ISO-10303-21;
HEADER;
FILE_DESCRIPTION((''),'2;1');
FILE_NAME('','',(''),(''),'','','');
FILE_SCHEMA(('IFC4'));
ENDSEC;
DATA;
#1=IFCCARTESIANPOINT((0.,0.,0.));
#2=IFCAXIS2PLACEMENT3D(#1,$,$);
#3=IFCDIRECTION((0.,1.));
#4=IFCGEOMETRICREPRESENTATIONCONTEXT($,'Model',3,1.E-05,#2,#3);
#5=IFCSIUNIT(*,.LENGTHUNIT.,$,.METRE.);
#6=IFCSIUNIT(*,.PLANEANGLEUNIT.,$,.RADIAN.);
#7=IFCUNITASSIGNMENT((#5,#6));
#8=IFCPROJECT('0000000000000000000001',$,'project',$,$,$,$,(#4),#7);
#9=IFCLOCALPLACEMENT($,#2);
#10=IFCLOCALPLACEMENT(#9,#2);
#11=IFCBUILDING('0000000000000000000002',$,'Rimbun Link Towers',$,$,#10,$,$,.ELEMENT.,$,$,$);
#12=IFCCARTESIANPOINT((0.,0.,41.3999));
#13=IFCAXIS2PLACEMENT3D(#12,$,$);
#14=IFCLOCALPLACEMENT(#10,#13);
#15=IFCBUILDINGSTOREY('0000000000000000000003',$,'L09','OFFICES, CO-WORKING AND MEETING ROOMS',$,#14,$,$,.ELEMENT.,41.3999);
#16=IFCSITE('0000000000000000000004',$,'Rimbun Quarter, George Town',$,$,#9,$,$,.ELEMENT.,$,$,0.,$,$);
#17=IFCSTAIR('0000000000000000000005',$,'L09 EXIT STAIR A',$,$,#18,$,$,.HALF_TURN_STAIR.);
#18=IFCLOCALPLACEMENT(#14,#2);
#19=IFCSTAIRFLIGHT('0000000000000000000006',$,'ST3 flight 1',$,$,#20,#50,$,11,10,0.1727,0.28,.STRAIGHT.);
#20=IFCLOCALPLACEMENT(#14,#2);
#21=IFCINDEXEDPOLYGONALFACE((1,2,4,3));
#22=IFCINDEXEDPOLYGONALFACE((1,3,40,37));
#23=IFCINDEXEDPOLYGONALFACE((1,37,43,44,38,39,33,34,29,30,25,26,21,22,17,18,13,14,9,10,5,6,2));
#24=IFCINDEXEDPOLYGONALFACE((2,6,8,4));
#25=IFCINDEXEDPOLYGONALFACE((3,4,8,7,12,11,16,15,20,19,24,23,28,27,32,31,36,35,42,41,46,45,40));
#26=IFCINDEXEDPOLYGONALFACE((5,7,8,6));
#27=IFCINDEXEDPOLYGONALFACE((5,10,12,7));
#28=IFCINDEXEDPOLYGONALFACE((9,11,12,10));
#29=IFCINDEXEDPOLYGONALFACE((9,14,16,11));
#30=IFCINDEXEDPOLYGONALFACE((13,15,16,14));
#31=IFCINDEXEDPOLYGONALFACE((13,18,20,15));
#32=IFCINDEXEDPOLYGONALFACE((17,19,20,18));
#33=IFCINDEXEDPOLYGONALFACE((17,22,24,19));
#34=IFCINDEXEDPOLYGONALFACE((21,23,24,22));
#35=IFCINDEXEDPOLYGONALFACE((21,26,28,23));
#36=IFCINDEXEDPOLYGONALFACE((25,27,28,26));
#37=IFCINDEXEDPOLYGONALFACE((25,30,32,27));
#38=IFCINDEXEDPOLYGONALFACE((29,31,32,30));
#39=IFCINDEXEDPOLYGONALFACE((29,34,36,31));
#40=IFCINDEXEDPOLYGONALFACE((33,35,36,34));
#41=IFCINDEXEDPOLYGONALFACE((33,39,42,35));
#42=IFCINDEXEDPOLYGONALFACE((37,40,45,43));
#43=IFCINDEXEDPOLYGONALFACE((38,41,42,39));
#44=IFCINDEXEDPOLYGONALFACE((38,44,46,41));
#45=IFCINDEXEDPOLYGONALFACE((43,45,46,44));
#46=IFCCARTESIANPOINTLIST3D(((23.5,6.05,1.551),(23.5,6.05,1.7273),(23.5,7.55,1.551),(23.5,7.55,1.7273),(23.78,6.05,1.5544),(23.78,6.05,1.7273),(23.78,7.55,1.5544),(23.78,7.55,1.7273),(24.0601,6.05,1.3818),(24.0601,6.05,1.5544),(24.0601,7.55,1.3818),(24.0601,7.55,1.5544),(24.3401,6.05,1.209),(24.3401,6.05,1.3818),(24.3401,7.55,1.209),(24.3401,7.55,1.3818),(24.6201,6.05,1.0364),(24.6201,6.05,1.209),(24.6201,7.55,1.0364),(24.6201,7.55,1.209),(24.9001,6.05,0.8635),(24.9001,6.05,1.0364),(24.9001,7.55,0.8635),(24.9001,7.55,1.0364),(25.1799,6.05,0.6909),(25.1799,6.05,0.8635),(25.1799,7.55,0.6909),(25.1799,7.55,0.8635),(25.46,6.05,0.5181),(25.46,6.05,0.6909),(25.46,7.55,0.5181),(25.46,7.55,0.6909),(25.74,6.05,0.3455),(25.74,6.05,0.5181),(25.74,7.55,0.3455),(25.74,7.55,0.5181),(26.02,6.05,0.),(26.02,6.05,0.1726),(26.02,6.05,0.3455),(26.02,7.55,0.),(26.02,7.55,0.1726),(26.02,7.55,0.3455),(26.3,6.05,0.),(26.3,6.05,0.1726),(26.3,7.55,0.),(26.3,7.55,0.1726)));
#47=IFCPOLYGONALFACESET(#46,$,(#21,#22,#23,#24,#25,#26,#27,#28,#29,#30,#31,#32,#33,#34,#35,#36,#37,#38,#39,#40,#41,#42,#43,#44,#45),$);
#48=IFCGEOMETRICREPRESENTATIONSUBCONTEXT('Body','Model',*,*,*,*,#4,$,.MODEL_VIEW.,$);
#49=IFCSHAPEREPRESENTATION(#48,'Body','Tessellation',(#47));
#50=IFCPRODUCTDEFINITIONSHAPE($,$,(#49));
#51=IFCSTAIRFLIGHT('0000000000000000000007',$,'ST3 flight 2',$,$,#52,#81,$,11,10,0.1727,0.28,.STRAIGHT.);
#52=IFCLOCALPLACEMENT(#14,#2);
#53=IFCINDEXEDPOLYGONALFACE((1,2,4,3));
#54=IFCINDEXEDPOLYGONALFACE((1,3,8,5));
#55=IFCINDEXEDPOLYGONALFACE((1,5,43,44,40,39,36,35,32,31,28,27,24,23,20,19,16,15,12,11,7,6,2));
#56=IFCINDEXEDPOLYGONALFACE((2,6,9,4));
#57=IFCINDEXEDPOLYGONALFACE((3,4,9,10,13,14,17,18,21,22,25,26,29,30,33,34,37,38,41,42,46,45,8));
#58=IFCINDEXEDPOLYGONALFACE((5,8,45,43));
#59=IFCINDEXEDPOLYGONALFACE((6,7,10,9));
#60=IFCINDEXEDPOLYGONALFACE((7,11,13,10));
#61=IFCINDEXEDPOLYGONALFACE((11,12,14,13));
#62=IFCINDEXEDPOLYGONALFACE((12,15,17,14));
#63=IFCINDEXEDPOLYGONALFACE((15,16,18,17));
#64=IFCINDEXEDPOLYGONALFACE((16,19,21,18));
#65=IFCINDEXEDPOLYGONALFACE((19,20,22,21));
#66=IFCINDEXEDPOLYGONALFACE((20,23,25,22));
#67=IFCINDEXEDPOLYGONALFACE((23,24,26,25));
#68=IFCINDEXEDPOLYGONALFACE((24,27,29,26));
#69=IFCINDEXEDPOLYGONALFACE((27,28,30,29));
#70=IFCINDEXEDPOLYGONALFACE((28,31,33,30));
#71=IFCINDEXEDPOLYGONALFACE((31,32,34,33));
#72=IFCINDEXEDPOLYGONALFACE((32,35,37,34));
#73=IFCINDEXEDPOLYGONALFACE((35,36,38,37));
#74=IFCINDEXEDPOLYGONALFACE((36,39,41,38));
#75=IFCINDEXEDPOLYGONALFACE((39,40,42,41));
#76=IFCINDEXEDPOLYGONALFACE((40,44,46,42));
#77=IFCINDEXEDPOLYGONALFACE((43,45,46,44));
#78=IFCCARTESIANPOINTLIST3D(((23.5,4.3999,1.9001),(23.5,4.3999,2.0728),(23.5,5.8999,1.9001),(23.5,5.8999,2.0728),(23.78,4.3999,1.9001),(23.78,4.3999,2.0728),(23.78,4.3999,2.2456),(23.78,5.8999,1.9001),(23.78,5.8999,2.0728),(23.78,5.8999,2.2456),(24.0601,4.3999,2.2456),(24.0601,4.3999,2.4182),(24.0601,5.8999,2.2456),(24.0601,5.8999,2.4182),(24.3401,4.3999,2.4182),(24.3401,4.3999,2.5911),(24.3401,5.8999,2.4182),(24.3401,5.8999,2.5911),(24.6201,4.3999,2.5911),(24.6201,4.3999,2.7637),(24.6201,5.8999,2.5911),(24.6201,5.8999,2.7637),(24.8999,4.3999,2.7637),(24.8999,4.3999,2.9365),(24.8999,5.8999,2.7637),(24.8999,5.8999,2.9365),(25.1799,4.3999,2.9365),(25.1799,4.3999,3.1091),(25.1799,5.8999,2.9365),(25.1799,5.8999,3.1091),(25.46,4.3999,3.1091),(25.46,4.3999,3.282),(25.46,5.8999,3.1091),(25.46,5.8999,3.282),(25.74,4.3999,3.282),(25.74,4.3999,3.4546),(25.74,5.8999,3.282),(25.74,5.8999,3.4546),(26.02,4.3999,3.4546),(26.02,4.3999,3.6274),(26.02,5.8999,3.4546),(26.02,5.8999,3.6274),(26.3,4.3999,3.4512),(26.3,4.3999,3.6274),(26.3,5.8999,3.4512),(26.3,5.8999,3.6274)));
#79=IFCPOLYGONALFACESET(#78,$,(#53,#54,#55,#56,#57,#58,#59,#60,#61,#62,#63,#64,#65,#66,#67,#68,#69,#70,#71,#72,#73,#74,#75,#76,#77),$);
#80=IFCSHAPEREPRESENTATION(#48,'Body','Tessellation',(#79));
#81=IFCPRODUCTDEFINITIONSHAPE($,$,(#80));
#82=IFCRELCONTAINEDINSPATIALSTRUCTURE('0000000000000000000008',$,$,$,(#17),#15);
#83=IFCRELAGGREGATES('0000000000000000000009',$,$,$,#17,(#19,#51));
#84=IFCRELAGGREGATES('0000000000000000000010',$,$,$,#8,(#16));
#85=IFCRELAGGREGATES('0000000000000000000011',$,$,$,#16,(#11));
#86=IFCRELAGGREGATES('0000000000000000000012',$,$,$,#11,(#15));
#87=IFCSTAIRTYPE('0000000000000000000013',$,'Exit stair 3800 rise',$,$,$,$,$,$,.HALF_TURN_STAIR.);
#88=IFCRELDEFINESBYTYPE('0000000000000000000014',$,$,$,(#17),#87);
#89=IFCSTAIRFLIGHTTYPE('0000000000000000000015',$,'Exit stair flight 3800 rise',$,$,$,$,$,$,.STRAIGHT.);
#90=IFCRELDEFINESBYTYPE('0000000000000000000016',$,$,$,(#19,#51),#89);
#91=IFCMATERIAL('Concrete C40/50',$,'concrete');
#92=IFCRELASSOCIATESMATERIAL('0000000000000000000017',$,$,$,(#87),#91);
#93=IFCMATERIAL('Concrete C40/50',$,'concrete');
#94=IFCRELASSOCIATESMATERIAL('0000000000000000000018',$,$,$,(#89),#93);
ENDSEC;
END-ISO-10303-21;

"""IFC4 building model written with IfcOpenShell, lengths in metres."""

from ifc_helpers import new_model, si_unit, direction, frame, origin, place, context, subcontext, project, spatial, polyline, outline, extrude, material, type_object, element, aggregate, save


model = new_model("IFC4")

# Units and contexts
model_context = context("Model", 3, precision=1e-05, world=origin(), true_north=direction((0.0, 1.0)))
body_context = subcontext(model_context, "Body", "Model", "MODEL_VIEW")
ifc_project = project(units=[si_unit("LENGTHUNIT", "METRE"), si_unit("PLANEANGLEUNIT", "RADIAN")], contexts=[model_context])

# Site, building, storey
site_placement = place(None, origin())
site = spatial("IfcSite", under=ifc_project, at=site_placement, Name="Rimbun Quarter, George Town", CompositionType="ELEMENT", RefElevation=0.0)
building_placement = place(site_placement, origin())
building = spatial("IfcBuilding", under=site, at=building_placement, Name="Rimbun Link Towers", CompositionType="ELEMENT")
storey_placement = place(building_placement, frame((0.0, 0.0, 41.3999)))
storey = spatial("IfcBuildingStorey", under=building, at=storey_placement, Name="L09", Description="OFFICES, CO-WORKING AND MEETING ROOMS", CompositionType="ELEMENT", Elevation=41.3999)

# Stair, stair flights
ifc_material_1 = material(Name="Concrete C40/50", Category="concrete")
stair_type = type_object("IfcStairType", Name="Exit stair 3800 rise", PredefinedType="HALF_TURN_STAIR", material=ifc_material_1)
stair_placement = place(storey_placement, origin())
stair = element("IfcStair", 1, at=stair_placement, inside=storey, type_object=stair_type, Name="L09 EXIT STAIR A", PredefinedType="HALF_TURN_STAIR")
ifc_material_2 = material(Name="Concrete C40/50", Category="concrete")
stair_flight_type = type_object("IfcStairFlightType", Name="Exit stair flight 3800 rise", PredefinedType="STRAIGHT", material=ifc_material_2)
stair_flight_1_placement = place(storey_placement, frame((26.3, 6.8, 0.0), z_axis=(0.0, 0.0, 1.0), x_axis=(-1.0, 0.0, 0.0)))
stair_flight_1 = element("IfcStairFlight", 2, at=stair_flight_1_placement, type_object=stair_flight_type, Name="ST3 flight 1", NumberOfRisers=11, NumberOfTreads=10, PredefinedType="STRAIGHT", RiserHeight=0.1727, TreadLength=0.28, context=body_context, shape_type="SweptSolid", body=[
    extrude(outline(polyline([(0.0, 0.0), (0.0, 0.1726), (0.28, 0.1726), (0.28, 0.3455), (0.5601, 0.3455), (0.5601, 0.5181), (0.8401, 0.5181), (0.8401, 0.6909), (1.1201, 0.6909), (1.1201, 0.8635), (1.3999, 0.8635), (1.3999, 1.0364), (1.6799, 1.0364), (1.6799, 1.209), (1.96, 1.209), (1.96, 1.3818), (2.24, 1.3818), (2.24, 1.5544), (2.52, 1.5544), (2.52, 1.7273), (2.8, 1.7273), (2.8, 1.8999), (2.8, 1.551), (0.28, 0.0), (0.0, 0.0)])), frame((0.0, 0.75, 0.0), z_axis=(0.0, -1.0, 0.0), x_axis=(1.0, 0.0, 0.0)), (0.0, 0.0, 1.0), 1.5),
])
stair_flight_2_placement = place(storey_placement, frame((23.5, 5.1499, 1.9001), z_axis=(0.0, 0.0, 1.0), x_axis=(1.0, 0.0, 0.0)))
stair_flight_2 = element("IfcStairFlight", 3, at=stair_flight_2_placement, type_object=stair_flight_type, Name="ST3 flight 2", NumberOfRisers=11, NumberOfTreads=10, PredefinedType="STRAIGHT", RiserHeight=0.1727, TreadLength=0.28, context=body_context, shape_type="SweptSolid", body=[
    extrude(outline(polyline([(0.0, 0.0), (0.0, 0.1726), (0.28, 0.1726), (0.28, 0.3455), (0.5601, 0.3455), (0.5601, 0.5181), (0.8401, 0.5181), (0.8401, 0.6909), (1.1201, 0.6909), (1.1201, 0.8635), (1.3999, 0.8635), (1.3999, 1.0364), (1.6799, 1.0364), (1.6799, 1.209), (1.96, 1.209), (1.96, 1.3818), (2.24, 1.3818), (2.24, 1.5544), (2.52, 1.5544), (2.52, 1.7273), (2.8, 1.7273), (2.8, 1.8999), (2.8, 1.551), (0.28, 0.0), (0.0, 0.0)])), frame((0.0, 0.75, 0.0), z_axis=(0.0, -1.0, 0.0), x_axis=(1.0, 0.0, 0.0)), (0.0, 0.0, 1.0), 1.5),
])
aggregate(stair, [stair_flight_1, stair_flight_2])

save(model, "model.ifc")
